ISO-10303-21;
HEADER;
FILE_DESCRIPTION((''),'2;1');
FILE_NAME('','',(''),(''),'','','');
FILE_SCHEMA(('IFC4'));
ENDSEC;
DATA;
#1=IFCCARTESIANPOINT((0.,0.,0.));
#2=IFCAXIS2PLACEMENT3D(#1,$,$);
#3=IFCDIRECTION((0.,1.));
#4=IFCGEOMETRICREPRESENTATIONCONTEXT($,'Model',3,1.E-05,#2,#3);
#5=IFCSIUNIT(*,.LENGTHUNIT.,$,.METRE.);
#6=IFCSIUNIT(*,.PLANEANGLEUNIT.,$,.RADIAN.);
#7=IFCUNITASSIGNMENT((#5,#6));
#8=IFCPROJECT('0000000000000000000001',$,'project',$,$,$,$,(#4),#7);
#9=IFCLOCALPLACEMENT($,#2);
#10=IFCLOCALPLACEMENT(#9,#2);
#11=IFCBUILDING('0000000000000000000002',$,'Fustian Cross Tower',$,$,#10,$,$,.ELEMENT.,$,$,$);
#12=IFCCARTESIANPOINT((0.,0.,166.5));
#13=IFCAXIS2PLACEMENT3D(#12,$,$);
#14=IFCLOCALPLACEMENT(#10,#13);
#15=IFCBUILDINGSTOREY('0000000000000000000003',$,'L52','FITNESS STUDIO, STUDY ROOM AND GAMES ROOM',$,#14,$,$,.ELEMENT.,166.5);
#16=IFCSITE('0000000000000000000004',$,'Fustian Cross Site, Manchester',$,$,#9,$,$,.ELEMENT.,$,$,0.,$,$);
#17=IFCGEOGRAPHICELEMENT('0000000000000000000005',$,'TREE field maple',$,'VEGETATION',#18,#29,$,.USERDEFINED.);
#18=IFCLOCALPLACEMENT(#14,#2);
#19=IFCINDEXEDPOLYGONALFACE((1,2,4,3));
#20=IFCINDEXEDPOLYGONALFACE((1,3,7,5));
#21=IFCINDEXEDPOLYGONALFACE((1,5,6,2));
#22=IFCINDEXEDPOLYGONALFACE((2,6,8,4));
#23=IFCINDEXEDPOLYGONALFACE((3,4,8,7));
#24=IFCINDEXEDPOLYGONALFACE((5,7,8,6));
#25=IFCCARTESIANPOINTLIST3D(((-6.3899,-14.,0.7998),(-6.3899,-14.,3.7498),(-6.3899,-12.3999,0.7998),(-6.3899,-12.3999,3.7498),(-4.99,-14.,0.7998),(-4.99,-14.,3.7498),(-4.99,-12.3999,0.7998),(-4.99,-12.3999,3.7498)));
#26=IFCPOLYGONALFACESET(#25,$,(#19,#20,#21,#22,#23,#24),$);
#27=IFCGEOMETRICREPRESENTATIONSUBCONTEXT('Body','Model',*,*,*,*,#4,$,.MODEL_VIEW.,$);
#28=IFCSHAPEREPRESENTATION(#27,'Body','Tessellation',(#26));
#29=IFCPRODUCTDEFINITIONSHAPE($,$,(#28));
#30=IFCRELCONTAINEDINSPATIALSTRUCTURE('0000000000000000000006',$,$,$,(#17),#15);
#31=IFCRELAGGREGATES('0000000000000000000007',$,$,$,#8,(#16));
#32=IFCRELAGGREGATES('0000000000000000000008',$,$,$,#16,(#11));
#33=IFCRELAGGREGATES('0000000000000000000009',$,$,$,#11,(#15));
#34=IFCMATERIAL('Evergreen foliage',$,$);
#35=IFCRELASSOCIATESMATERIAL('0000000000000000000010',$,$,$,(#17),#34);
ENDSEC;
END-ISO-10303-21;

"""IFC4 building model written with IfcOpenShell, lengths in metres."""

from ifc_helpers import new_model, si_unit, direction, frame, origin, origin_2d, place, context, subcontext, project, spatial, rectangle, extrude, material, element, save


model = new_model("IFC4")

# Units and contexts
model_context = context("Model", 3, precision=1e-05, world=origin(), true_north=direction((0.0, 1.0)))
body_context = subcontext(model_context, "Body", "Model", "MODEL_VIEW")
ifc_project = project(units=[si_unit("LENGTHUNIT", "METRE"), si_unit("PLANEANGLEUNIT", "RADIAN")], contexts=[model_context])

# Site, building, storey
site_placement = place(None, origin())
site = spatial("IfcSite", under=ifc_project, at=site_placement, Name="Fustian Cross Site, Manchester", CompositionType="ELEMENT", RefElevation=0.0)
building_placement = place(site_placement, origin())
building = spatial("IfcBuilding", under=site, at=building_placement, Name="Fustian Cross Tower", CompositionType="ELEMENT")
storey_placement = place(building_placement, frame((0.0, 0.0, 166.5)))
storey = spatial("IfcBuildingStorey", under=building, at=storey_placement, Name="L52", Description="FITNESS STUDIO, STUDY ROOM AND GAMES ROOM", CompositionType="ELEMENT", Elevation=166.5)

# Geographic element
ifc_material_1 = material(Name="Evergreen foliage")
geographic_element_placement = place(storey_placement, frame((-5.6899, -13.2, 0.7998), z_axis=(0.0, 0.0, 1.0), x_axis=(1.0, 0.0, 0.0)))
element("IfcGeographicElement", 1, at=geographic_element_placement, inside=storey, material=ifc_material_1, Name="TREE field maple", ObjectType="VEGETATION", PredefinedType="USERDEFINED", context=body_context, shape_type="SweptSolid", body=[
    extrude(rectangle(XDim=1.3999, YDim=1.6001, at=origin_2d()), origin(), (0.0, 0.0, 1.0), 2.95),
])

save(model, "model.ifc")
